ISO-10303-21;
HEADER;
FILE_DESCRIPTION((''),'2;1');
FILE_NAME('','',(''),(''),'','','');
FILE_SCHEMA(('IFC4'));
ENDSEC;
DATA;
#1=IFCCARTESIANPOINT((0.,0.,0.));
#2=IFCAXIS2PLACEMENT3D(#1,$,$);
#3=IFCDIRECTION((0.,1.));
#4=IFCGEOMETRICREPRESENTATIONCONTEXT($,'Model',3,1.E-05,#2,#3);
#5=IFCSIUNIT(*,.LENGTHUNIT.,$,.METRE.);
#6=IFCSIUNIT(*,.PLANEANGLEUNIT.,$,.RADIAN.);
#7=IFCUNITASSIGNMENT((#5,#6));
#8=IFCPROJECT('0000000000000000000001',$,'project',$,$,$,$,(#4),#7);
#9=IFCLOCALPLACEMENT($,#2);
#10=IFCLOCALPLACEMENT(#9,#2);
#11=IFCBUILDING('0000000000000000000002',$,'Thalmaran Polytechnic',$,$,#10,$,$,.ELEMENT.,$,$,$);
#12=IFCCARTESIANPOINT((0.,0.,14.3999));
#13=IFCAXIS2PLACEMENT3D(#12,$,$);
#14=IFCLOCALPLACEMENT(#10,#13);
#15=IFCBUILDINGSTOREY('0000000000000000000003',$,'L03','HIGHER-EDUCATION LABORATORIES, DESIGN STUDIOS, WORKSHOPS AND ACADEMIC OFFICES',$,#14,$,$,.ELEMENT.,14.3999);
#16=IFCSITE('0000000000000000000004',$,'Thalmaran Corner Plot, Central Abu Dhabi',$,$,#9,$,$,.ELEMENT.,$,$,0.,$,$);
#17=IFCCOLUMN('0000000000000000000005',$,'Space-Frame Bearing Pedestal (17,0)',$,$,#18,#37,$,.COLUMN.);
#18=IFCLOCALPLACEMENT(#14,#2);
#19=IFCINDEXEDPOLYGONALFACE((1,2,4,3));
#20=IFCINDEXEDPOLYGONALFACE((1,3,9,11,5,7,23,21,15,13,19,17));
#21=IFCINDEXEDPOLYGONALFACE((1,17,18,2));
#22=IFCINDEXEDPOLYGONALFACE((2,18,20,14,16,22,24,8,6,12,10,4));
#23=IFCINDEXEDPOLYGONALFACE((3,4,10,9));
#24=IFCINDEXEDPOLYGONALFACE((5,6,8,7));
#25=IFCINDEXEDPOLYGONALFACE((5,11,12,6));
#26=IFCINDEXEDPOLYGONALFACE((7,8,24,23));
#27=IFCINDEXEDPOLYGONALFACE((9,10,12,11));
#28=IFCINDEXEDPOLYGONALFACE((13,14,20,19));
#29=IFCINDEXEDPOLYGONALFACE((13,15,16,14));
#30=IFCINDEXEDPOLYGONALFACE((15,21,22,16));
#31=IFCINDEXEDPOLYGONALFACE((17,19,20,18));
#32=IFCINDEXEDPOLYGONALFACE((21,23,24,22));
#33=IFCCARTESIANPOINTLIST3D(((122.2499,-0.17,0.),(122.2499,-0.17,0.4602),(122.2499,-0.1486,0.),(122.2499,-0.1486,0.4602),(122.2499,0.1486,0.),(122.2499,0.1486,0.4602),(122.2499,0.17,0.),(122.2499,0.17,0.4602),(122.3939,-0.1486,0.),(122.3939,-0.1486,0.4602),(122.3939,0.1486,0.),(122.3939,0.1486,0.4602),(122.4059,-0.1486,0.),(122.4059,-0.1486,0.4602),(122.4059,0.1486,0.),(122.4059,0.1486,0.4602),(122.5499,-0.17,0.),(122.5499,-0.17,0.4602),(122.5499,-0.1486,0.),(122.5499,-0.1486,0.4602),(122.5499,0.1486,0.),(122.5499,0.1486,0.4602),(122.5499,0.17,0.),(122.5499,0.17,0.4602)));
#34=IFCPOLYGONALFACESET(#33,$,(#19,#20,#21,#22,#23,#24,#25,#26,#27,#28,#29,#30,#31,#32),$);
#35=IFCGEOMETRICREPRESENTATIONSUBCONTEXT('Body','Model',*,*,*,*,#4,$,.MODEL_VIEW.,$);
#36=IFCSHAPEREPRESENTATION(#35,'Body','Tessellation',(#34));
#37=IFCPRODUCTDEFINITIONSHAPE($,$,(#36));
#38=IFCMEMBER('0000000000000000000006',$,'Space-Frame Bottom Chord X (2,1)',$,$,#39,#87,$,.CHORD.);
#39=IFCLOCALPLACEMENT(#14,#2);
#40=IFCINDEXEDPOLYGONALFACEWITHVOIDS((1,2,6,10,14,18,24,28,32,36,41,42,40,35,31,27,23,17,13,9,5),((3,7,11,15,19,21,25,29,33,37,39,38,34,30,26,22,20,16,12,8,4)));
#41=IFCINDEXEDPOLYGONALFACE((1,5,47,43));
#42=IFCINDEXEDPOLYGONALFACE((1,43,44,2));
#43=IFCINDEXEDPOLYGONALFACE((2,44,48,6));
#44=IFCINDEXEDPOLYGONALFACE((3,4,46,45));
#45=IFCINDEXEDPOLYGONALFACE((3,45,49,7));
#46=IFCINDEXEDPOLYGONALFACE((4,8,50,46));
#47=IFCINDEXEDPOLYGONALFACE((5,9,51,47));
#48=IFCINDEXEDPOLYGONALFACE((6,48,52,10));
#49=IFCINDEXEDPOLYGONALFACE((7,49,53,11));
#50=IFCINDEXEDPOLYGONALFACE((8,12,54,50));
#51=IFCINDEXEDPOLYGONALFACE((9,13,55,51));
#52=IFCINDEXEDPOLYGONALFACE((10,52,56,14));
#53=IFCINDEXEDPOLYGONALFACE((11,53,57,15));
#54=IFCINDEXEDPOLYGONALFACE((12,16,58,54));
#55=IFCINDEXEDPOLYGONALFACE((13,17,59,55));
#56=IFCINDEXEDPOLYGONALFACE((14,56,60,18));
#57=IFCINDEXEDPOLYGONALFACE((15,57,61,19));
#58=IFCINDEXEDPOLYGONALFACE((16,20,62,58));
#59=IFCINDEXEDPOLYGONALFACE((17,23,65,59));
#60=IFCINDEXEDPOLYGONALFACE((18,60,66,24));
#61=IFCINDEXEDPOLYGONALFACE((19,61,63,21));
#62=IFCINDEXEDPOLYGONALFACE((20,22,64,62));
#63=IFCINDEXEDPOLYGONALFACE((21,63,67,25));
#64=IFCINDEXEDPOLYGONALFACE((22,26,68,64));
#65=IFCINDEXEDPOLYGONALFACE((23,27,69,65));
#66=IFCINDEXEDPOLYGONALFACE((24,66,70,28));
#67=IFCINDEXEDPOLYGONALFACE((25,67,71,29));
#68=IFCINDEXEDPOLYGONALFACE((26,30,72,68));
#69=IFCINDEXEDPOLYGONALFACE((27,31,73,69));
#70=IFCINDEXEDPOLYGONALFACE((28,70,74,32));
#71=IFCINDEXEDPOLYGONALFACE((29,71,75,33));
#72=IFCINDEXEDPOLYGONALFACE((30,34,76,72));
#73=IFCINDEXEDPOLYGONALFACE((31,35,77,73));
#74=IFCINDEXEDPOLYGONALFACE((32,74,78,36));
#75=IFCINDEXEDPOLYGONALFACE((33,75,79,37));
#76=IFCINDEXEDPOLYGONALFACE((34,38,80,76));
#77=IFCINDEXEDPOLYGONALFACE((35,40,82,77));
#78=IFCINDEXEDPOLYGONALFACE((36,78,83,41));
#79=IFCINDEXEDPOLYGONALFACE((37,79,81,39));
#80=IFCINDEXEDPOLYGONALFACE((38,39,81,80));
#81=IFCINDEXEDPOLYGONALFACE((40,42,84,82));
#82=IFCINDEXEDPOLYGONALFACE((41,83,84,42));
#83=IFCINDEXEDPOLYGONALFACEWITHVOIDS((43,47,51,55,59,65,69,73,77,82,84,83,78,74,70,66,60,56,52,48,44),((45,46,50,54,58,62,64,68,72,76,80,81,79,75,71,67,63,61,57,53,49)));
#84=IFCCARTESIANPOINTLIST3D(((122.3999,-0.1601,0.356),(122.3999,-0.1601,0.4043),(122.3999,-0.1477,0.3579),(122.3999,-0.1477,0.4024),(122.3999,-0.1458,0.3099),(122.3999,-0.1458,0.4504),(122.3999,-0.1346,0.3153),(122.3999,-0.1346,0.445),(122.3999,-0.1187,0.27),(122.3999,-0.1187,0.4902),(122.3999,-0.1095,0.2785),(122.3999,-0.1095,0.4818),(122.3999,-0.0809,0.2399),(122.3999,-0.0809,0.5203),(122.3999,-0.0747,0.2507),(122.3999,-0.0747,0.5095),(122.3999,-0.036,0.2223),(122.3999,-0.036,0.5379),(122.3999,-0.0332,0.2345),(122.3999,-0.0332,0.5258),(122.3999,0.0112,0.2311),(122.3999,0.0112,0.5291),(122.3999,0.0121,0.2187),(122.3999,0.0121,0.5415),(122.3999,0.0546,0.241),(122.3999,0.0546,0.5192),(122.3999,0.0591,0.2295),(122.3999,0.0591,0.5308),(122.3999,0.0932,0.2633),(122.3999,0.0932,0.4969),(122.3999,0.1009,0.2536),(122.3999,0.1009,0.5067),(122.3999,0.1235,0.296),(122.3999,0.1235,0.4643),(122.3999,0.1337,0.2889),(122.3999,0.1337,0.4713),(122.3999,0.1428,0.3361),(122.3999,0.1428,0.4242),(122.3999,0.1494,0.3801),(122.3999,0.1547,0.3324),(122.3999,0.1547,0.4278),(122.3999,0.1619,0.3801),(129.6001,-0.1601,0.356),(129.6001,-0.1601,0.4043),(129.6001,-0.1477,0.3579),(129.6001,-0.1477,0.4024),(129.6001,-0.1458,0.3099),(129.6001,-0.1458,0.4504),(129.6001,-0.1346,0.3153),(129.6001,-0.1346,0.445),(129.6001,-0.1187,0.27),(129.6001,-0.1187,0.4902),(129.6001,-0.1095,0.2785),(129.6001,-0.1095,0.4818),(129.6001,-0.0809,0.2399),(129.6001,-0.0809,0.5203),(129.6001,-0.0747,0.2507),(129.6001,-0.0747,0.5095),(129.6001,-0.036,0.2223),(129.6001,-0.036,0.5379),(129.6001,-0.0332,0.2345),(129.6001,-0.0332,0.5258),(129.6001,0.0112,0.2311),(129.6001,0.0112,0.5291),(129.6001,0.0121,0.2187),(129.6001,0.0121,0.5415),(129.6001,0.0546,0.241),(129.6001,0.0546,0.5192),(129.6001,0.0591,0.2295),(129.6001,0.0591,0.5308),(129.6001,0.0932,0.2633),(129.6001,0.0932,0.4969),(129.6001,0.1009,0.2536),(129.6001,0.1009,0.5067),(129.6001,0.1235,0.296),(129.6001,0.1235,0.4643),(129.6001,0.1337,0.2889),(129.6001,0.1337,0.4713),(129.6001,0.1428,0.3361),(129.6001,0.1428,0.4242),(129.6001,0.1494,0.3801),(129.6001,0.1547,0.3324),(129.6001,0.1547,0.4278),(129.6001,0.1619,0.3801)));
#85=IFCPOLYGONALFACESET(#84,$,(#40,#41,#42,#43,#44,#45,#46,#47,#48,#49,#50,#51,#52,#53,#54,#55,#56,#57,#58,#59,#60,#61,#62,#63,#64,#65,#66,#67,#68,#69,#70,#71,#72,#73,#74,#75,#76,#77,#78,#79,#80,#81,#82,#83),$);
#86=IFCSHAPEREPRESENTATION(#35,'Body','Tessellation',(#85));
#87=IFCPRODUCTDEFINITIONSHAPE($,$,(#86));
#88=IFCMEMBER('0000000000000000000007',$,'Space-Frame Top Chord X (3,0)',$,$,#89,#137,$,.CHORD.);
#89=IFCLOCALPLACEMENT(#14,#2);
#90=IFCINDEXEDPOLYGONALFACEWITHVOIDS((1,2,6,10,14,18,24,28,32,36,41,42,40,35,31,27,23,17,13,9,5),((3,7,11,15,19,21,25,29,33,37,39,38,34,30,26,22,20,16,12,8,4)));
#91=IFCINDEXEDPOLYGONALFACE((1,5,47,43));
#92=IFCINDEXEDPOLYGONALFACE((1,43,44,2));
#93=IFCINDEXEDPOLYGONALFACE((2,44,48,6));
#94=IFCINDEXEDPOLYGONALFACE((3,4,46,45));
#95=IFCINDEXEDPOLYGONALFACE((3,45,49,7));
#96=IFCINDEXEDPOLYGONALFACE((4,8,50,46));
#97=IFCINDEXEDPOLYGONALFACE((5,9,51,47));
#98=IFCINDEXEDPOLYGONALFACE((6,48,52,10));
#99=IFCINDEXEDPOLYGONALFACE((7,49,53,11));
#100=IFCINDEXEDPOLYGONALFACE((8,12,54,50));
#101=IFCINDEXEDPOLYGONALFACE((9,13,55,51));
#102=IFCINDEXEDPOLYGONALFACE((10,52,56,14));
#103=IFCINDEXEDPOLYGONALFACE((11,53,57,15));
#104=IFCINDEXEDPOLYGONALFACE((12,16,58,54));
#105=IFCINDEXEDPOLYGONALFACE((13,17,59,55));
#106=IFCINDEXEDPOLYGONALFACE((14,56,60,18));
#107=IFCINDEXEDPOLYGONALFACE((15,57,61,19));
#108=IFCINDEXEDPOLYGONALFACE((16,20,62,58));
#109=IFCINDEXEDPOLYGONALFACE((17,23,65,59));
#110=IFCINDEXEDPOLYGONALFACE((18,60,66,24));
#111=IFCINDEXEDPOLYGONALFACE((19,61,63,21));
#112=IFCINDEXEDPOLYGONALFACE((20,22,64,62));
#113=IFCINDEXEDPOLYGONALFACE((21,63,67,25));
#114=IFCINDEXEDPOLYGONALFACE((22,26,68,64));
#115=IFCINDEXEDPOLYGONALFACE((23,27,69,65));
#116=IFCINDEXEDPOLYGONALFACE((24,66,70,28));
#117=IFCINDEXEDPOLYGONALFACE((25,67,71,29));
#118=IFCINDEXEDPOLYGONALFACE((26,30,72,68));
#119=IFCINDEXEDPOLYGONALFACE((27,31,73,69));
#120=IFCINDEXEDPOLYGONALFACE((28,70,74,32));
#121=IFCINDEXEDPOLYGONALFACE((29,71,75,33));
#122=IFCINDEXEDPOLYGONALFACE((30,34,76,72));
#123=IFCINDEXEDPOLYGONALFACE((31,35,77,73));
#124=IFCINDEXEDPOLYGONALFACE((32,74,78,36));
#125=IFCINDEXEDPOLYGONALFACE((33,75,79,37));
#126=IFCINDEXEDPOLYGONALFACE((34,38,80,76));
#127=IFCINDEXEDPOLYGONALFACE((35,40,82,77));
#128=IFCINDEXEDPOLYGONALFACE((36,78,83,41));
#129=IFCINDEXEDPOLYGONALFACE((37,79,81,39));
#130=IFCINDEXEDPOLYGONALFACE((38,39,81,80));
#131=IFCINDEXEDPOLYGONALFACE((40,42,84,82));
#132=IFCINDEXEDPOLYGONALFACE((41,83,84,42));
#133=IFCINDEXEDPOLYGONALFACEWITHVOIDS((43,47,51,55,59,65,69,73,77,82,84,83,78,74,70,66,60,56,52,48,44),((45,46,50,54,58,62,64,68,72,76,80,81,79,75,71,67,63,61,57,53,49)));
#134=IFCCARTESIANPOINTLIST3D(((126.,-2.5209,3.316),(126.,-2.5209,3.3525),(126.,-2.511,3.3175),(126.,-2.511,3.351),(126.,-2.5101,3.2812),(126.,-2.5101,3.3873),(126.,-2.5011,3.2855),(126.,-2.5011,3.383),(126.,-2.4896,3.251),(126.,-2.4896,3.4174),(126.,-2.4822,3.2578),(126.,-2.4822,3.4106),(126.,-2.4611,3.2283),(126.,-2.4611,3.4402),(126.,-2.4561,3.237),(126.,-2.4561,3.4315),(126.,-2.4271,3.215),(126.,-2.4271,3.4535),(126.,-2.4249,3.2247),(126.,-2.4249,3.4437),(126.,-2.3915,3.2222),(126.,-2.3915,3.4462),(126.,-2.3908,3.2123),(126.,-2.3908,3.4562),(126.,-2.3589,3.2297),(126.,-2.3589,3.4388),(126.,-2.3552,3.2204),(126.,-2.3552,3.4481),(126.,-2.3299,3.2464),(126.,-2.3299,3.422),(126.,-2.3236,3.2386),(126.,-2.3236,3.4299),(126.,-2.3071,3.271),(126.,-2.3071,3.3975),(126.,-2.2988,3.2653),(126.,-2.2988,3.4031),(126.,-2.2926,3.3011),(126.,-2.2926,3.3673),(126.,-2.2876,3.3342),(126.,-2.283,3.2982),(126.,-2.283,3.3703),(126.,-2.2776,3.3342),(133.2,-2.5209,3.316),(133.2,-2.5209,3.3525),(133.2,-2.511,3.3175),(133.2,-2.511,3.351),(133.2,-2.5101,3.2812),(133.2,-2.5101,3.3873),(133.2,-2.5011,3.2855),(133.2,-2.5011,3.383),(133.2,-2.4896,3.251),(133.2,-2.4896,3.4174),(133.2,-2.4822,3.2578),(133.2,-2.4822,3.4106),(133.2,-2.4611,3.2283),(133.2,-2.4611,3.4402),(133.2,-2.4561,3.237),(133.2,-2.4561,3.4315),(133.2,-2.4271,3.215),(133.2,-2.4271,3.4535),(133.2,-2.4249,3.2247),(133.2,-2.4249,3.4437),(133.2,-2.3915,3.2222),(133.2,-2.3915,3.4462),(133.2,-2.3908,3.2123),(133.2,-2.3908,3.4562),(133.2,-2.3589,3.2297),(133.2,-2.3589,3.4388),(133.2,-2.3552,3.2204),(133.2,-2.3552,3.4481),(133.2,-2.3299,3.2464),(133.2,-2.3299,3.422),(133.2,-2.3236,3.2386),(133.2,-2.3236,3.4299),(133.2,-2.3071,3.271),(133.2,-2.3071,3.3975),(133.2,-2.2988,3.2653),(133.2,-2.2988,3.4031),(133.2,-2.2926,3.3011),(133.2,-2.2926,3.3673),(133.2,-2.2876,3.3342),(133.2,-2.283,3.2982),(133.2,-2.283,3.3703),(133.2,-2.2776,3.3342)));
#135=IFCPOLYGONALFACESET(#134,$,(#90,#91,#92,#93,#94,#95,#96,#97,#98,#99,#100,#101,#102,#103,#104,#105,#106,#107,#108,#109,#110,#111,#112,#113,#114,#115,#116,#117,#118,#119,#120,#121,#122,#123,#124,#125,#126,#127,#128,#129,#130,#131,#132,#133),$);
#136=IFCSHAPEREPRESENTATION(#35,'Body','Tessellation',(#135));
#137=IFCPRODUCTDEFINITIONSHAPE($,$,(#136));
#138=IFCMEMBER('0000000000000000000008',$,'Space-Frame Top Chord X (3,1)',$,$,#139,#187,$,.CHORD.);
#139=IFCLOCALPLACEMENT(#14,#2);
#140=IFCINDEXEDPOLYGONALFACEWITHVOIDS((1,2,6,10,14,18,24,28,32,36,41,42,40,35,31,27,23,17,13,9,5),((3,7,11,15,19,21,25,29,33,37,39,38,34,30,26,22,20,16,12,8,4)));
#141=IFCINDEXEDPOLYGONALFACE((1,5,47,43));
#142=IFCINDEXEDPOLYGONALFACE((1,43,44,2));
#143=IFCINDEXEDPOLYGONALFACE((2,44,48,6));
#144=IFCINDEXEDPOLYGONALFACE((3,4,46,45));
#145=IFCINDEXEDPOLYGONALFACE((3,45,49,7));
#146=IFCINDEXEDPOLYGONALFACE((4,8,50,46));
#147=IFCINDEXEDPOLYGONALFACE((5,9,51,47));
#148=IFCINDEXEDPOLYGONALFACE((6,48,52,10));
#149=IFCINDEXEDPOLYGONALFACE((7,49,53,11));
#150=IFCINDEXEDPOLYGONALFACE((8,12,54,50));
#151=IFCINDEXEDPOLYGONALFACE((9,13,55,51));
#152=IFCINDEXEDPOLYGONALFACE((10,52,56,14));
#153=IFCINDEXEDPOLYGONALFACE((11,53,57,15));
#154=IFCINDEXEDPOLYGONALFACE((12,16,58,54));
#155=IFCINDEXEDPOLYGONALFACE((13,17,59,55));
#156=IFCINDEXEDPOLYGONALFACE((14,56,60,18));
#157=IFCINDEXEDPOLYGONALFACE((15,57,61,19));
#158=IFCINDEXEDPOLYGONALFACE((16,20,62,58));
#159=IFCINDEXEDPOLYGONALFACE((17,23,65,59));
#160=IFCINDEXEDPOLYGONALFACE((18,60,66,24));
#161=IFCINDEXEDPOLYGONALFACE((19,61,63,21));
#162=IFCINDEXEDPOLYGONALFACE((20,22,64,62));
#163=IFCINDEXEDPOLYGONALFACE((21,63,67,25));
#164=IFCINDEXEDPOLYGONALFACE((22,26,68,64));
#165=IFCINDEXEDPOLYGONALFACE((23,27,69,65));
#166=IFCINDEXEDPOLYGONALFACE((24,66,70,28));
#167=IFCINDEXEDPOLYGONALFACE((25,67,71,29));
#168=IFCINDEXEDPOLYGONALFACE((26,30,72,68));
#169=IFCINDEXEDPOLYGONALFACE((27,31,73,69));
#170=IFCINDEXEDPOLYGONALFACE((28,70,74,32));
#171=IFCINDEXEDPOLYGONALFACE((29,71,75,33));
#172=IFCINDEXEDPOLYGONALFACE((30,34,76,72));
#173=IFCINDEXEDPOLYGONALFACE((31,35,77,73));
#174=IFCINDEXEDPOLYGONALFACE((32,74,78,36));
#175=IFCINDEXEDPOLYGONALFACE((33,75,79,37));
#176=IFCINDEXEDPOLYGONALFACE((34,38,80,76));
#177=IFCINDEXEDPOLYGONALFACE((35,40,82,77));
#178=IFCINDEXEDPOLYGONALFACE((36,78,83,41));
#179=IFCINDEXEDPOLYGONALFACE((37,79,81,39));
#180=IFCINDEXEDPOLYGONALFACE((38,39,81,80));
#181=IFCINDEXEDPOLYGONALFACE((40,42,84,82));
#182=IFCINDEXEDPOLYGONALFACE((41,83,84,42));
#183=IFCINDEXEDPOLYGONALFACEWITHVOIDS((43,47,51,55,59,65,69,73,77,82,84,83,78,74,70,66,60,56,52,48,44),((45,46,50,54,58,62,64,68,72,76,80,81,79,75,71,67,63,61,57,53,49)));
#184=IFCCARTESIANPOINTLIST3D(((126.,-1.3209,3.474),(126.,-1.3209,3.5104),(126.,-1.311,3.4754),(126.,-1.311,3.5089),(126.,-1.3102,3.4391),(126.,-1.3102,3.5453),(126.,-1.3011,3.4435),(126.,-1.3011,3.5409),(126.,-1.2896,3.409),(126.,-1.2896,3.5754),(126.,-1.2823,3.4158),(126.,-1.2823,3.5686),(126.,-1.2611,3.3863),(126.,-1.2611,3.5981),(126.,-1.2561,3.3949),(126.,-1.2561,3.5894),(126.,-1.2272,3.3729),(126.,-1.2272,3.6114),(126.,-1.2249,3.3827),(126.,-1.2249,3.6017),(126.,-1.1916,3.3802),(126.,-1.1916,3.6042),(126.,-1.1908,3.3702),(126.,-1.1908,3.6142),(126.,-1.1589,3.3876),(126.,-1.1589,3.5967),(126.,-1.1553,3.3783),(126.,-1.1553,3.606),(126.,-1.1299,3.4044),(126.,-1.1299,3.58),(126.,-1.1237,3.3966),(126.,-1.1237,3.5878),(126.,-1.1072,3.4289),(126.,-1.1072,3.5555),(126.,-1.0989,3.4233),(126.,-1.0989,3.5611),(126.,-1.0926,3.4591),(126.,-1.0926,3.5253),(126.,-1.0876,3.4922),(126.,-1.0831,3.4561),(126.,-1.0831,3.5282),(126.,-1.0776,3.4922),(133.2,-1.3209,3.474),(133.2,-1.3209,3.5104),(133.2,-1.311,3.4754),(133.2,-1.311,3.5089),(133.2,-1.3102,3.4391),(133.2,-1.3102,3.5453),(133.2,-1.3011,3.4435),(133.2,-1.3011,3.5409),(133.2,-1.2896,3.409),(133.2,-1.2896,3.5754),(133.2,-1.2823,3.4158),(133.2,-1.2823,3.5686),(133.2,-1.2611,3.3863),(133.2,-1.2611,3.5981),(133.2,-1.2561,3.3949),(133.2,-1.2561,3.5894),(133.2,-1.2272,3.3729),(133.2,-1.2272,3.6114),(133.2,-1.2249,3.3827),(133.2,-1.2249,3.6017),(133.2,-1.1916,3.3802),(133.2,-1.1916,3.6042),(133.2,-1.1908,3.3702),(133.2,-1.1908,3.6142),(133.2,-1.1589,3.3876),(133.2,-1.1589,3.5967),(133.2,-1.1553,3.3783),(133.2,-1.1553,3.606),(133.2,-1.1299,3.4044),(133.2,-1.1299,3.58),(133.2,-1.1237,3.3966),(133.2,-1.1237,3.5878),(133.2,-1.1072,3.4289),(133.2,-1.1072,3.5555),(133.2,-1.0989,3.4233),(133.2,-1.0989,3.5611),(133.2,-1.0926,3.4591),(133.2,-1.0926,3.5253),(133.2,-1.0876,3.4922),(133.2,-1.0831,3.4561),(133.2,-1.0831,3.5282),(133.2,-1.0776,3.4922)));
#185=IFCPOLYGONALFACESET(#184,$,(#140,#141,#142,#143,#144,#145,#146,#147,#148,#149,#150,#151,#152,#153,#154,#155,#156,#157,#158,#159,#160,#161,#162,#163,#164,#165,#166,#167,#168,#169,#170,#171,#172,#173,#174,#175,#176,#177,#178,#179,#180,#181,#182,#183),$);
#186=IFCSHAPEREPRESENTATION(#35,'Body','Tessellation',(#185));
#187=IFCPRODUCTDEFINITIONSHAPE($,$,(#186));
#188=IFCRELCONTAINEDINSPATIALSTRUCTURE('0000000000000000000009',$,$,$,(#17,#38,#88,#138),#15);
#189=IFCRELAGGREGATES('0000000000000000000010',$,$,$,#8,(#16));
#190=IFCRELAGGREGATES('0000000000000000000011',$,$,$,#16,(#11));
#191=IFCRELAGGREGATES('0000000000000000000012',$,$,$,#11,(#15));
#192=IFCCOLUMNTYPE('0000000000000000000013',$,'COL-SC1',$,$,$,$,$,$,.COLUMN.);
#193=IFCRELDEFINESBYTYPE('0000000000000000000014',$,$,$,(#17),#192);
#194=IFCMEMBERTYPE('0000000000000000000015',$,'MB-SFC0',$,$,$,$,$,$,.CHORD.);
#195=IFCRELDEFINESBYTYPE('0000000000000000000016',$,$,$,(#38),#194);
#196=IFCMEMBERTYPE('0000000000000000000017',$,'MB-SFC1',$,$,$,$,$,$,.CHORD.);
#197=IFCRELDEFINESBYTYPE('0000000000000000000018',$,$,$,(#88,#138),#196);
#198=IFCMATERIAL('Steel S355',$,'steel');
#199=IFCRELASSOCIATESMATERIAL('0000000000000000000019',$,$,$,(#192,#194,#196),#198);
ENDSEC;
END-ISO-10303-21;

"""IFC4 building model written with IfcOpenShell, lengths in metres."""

from ifc_helpers import new_model, si_unit, direction, frame, origin, origin_2d, place, context, subcontext, project, spatial, hollow_circle, i_section, extrude, material, material_profile, profile_set, type_object, element, save


model = new_model("IFC4")

# Units and contexts
model_context = context("Model", 3, precision=1e-05, world=origin(), true_north=direction((0.0, 1.0)))
body_context = subcontext(model_context, "Body", "Model", "MODEL_VIEW")
ifc_project = project(units=[si_unit("LENGTHUNIT", "METRE"), si_unit("PLANEANGLEUNIT", "RADIAN")], contexts=[model_context])

# Site, building, storey
site_placement = place(None, origin())
site = spatial("IfcSite", under=ifc_project, at=site_placement, Name="Thalmaran Corner Plot, Central Abu Dhabi", CompositionType="ELEMENT", RefElevation=0.0)
building_placement = place(site_placement, origin())
building = spatial("IfcBuilding", under=site, at=building_placement, Name="Thalmaran Polytechnic", CompositionType="ELEMENT")
storey_placement = place(building_placement, frame((0.0, 0.0, 14.3999)))
storey = spatial("IfcBuildingStorey", under=building, at=storey_placement, Name="L03", Description="HIGHER-EDUCATION LABORATORIES, DESIGN STUDIOS, WORKSHOPS AND ACADEMIC OFFICES", CompositionType="ELEMENT", Elevation=14.3999)

# Column
ifc_material = material(Name="Steel S355", Category="steel")
ifc_material_profile_1 = material_profile(ifc_material, i_section(OverallWidth=0.3, OverallDepth=0.3401, WebThickness=0.012, FlangeThickness=0.0215, at=origin_2d()), Name="HEB 340")
ifc_profile_set_1 = profile_set([ifc_material_profile_1], Name="Steel S355")
column_type = type_object("IfcColumnType", Name="COL-SC1", PredefinedType="COLUMN", material=ifc_profile_set_1)
column_placement = place(storey_placement, frame((122.3999, 0.0, 0.0), z_axis=(0.0, 0.0, 1.0), x_axis=(1.0, 0.0, 0.0)))
element("IfcColumn", 1, at=column_placement, inside=storey, type_object=column_type, Name="Space-Frame Bearing Pedestal (17,0)", PredefinedType="COLUMN", context=body_context, shape_type="SweptSolid", body=[
    extrude(i_section(OverallWidth=0.3, OverallDepth=0.3401, WebThickness=0.012, FlangeThickness=0.0215, at=origin_2d()), origin(), (0.0, 0.0, 1.0), 0.4602),
])

# Members
ifc_material_profile_2 = material_profile(ifc_material, hollow_circle(Radius=0.1619, WallThickness=0.0125, at=origin_2d()), Name="CHS 323.9x12.5")
ifc_profile_set_2 = profile_set([ifc_material_profile_2], Name="Steel S355")
member_type_1 = type_object("IfcMemberType", Name="MB-SFC0", PredefinedType="CHORD", material=ifc_profile_set_2)
member_1_placement = place(storey_placement, frame((122.3999, 0.0, 0.3801), z_axis=(1.0, 0.0, 0.0), x_axis=(0.0, 1.0, 0.0)))
element("IfcMember", 2, at=member_1_placement, inside=storey, type_object=member_type_1, Name="Space-Frame Bottom Chord X (2,1)", PredefinedType="CHORD", context=body_context, shape_type="SweptSolid", body=[
    extrude(hollow_circle(Radius=0.1619, WallThickness=0.0125, at=origin_2d()), origin(), (0.0, 0.0, 1.0), 7.2002),
])
ifc_material_profile_3 = material_profile(ifc_material, hollow_circle(Radius=0.1223, WallThickness=0.01, at=origin_2d()), Name="CHS 244.5x10.0")
ifc_profile_set_3 = profile_set([ifc_material_profile_3], Name="Steel S355")
member_type_2 = type_object("IfcMemberType", Name="MB-SFC1", PredefinedType="CHORD", material=ifc_profile_set_3)
for number, where, z_axis, x_axis, name in (
    (3, (126.0, -2.3999, 3.3342), (1.0, 0.0, 0.0), (0.0, 1.0, 0.0), "Space-Frame Top Chord X (3,0)"),
    (4, (126.0, -1.2, 3.4922), (1.0, 0.0, 0.0), (0.0, 1.0, 0.0), "Space-Frame Top Chord X (3,1)"),
):
    element("IfcMember", number, at=place(storey_placement, frame(where, z_axis=z_axis, x_axis=x_axis)), inside=storey, type_object=member_type_2, Name=name, PredefinedType="CHORD", context=body_context, shape_type="SweptSolid", body=[
        extrude(hollow_circle(Radius=0.1223, WallThickness=0.01, at=origin_2d()), origin(), (0.0, 0.0, 1.0), 7.2),
    ])

save(model, "model.ifc")
